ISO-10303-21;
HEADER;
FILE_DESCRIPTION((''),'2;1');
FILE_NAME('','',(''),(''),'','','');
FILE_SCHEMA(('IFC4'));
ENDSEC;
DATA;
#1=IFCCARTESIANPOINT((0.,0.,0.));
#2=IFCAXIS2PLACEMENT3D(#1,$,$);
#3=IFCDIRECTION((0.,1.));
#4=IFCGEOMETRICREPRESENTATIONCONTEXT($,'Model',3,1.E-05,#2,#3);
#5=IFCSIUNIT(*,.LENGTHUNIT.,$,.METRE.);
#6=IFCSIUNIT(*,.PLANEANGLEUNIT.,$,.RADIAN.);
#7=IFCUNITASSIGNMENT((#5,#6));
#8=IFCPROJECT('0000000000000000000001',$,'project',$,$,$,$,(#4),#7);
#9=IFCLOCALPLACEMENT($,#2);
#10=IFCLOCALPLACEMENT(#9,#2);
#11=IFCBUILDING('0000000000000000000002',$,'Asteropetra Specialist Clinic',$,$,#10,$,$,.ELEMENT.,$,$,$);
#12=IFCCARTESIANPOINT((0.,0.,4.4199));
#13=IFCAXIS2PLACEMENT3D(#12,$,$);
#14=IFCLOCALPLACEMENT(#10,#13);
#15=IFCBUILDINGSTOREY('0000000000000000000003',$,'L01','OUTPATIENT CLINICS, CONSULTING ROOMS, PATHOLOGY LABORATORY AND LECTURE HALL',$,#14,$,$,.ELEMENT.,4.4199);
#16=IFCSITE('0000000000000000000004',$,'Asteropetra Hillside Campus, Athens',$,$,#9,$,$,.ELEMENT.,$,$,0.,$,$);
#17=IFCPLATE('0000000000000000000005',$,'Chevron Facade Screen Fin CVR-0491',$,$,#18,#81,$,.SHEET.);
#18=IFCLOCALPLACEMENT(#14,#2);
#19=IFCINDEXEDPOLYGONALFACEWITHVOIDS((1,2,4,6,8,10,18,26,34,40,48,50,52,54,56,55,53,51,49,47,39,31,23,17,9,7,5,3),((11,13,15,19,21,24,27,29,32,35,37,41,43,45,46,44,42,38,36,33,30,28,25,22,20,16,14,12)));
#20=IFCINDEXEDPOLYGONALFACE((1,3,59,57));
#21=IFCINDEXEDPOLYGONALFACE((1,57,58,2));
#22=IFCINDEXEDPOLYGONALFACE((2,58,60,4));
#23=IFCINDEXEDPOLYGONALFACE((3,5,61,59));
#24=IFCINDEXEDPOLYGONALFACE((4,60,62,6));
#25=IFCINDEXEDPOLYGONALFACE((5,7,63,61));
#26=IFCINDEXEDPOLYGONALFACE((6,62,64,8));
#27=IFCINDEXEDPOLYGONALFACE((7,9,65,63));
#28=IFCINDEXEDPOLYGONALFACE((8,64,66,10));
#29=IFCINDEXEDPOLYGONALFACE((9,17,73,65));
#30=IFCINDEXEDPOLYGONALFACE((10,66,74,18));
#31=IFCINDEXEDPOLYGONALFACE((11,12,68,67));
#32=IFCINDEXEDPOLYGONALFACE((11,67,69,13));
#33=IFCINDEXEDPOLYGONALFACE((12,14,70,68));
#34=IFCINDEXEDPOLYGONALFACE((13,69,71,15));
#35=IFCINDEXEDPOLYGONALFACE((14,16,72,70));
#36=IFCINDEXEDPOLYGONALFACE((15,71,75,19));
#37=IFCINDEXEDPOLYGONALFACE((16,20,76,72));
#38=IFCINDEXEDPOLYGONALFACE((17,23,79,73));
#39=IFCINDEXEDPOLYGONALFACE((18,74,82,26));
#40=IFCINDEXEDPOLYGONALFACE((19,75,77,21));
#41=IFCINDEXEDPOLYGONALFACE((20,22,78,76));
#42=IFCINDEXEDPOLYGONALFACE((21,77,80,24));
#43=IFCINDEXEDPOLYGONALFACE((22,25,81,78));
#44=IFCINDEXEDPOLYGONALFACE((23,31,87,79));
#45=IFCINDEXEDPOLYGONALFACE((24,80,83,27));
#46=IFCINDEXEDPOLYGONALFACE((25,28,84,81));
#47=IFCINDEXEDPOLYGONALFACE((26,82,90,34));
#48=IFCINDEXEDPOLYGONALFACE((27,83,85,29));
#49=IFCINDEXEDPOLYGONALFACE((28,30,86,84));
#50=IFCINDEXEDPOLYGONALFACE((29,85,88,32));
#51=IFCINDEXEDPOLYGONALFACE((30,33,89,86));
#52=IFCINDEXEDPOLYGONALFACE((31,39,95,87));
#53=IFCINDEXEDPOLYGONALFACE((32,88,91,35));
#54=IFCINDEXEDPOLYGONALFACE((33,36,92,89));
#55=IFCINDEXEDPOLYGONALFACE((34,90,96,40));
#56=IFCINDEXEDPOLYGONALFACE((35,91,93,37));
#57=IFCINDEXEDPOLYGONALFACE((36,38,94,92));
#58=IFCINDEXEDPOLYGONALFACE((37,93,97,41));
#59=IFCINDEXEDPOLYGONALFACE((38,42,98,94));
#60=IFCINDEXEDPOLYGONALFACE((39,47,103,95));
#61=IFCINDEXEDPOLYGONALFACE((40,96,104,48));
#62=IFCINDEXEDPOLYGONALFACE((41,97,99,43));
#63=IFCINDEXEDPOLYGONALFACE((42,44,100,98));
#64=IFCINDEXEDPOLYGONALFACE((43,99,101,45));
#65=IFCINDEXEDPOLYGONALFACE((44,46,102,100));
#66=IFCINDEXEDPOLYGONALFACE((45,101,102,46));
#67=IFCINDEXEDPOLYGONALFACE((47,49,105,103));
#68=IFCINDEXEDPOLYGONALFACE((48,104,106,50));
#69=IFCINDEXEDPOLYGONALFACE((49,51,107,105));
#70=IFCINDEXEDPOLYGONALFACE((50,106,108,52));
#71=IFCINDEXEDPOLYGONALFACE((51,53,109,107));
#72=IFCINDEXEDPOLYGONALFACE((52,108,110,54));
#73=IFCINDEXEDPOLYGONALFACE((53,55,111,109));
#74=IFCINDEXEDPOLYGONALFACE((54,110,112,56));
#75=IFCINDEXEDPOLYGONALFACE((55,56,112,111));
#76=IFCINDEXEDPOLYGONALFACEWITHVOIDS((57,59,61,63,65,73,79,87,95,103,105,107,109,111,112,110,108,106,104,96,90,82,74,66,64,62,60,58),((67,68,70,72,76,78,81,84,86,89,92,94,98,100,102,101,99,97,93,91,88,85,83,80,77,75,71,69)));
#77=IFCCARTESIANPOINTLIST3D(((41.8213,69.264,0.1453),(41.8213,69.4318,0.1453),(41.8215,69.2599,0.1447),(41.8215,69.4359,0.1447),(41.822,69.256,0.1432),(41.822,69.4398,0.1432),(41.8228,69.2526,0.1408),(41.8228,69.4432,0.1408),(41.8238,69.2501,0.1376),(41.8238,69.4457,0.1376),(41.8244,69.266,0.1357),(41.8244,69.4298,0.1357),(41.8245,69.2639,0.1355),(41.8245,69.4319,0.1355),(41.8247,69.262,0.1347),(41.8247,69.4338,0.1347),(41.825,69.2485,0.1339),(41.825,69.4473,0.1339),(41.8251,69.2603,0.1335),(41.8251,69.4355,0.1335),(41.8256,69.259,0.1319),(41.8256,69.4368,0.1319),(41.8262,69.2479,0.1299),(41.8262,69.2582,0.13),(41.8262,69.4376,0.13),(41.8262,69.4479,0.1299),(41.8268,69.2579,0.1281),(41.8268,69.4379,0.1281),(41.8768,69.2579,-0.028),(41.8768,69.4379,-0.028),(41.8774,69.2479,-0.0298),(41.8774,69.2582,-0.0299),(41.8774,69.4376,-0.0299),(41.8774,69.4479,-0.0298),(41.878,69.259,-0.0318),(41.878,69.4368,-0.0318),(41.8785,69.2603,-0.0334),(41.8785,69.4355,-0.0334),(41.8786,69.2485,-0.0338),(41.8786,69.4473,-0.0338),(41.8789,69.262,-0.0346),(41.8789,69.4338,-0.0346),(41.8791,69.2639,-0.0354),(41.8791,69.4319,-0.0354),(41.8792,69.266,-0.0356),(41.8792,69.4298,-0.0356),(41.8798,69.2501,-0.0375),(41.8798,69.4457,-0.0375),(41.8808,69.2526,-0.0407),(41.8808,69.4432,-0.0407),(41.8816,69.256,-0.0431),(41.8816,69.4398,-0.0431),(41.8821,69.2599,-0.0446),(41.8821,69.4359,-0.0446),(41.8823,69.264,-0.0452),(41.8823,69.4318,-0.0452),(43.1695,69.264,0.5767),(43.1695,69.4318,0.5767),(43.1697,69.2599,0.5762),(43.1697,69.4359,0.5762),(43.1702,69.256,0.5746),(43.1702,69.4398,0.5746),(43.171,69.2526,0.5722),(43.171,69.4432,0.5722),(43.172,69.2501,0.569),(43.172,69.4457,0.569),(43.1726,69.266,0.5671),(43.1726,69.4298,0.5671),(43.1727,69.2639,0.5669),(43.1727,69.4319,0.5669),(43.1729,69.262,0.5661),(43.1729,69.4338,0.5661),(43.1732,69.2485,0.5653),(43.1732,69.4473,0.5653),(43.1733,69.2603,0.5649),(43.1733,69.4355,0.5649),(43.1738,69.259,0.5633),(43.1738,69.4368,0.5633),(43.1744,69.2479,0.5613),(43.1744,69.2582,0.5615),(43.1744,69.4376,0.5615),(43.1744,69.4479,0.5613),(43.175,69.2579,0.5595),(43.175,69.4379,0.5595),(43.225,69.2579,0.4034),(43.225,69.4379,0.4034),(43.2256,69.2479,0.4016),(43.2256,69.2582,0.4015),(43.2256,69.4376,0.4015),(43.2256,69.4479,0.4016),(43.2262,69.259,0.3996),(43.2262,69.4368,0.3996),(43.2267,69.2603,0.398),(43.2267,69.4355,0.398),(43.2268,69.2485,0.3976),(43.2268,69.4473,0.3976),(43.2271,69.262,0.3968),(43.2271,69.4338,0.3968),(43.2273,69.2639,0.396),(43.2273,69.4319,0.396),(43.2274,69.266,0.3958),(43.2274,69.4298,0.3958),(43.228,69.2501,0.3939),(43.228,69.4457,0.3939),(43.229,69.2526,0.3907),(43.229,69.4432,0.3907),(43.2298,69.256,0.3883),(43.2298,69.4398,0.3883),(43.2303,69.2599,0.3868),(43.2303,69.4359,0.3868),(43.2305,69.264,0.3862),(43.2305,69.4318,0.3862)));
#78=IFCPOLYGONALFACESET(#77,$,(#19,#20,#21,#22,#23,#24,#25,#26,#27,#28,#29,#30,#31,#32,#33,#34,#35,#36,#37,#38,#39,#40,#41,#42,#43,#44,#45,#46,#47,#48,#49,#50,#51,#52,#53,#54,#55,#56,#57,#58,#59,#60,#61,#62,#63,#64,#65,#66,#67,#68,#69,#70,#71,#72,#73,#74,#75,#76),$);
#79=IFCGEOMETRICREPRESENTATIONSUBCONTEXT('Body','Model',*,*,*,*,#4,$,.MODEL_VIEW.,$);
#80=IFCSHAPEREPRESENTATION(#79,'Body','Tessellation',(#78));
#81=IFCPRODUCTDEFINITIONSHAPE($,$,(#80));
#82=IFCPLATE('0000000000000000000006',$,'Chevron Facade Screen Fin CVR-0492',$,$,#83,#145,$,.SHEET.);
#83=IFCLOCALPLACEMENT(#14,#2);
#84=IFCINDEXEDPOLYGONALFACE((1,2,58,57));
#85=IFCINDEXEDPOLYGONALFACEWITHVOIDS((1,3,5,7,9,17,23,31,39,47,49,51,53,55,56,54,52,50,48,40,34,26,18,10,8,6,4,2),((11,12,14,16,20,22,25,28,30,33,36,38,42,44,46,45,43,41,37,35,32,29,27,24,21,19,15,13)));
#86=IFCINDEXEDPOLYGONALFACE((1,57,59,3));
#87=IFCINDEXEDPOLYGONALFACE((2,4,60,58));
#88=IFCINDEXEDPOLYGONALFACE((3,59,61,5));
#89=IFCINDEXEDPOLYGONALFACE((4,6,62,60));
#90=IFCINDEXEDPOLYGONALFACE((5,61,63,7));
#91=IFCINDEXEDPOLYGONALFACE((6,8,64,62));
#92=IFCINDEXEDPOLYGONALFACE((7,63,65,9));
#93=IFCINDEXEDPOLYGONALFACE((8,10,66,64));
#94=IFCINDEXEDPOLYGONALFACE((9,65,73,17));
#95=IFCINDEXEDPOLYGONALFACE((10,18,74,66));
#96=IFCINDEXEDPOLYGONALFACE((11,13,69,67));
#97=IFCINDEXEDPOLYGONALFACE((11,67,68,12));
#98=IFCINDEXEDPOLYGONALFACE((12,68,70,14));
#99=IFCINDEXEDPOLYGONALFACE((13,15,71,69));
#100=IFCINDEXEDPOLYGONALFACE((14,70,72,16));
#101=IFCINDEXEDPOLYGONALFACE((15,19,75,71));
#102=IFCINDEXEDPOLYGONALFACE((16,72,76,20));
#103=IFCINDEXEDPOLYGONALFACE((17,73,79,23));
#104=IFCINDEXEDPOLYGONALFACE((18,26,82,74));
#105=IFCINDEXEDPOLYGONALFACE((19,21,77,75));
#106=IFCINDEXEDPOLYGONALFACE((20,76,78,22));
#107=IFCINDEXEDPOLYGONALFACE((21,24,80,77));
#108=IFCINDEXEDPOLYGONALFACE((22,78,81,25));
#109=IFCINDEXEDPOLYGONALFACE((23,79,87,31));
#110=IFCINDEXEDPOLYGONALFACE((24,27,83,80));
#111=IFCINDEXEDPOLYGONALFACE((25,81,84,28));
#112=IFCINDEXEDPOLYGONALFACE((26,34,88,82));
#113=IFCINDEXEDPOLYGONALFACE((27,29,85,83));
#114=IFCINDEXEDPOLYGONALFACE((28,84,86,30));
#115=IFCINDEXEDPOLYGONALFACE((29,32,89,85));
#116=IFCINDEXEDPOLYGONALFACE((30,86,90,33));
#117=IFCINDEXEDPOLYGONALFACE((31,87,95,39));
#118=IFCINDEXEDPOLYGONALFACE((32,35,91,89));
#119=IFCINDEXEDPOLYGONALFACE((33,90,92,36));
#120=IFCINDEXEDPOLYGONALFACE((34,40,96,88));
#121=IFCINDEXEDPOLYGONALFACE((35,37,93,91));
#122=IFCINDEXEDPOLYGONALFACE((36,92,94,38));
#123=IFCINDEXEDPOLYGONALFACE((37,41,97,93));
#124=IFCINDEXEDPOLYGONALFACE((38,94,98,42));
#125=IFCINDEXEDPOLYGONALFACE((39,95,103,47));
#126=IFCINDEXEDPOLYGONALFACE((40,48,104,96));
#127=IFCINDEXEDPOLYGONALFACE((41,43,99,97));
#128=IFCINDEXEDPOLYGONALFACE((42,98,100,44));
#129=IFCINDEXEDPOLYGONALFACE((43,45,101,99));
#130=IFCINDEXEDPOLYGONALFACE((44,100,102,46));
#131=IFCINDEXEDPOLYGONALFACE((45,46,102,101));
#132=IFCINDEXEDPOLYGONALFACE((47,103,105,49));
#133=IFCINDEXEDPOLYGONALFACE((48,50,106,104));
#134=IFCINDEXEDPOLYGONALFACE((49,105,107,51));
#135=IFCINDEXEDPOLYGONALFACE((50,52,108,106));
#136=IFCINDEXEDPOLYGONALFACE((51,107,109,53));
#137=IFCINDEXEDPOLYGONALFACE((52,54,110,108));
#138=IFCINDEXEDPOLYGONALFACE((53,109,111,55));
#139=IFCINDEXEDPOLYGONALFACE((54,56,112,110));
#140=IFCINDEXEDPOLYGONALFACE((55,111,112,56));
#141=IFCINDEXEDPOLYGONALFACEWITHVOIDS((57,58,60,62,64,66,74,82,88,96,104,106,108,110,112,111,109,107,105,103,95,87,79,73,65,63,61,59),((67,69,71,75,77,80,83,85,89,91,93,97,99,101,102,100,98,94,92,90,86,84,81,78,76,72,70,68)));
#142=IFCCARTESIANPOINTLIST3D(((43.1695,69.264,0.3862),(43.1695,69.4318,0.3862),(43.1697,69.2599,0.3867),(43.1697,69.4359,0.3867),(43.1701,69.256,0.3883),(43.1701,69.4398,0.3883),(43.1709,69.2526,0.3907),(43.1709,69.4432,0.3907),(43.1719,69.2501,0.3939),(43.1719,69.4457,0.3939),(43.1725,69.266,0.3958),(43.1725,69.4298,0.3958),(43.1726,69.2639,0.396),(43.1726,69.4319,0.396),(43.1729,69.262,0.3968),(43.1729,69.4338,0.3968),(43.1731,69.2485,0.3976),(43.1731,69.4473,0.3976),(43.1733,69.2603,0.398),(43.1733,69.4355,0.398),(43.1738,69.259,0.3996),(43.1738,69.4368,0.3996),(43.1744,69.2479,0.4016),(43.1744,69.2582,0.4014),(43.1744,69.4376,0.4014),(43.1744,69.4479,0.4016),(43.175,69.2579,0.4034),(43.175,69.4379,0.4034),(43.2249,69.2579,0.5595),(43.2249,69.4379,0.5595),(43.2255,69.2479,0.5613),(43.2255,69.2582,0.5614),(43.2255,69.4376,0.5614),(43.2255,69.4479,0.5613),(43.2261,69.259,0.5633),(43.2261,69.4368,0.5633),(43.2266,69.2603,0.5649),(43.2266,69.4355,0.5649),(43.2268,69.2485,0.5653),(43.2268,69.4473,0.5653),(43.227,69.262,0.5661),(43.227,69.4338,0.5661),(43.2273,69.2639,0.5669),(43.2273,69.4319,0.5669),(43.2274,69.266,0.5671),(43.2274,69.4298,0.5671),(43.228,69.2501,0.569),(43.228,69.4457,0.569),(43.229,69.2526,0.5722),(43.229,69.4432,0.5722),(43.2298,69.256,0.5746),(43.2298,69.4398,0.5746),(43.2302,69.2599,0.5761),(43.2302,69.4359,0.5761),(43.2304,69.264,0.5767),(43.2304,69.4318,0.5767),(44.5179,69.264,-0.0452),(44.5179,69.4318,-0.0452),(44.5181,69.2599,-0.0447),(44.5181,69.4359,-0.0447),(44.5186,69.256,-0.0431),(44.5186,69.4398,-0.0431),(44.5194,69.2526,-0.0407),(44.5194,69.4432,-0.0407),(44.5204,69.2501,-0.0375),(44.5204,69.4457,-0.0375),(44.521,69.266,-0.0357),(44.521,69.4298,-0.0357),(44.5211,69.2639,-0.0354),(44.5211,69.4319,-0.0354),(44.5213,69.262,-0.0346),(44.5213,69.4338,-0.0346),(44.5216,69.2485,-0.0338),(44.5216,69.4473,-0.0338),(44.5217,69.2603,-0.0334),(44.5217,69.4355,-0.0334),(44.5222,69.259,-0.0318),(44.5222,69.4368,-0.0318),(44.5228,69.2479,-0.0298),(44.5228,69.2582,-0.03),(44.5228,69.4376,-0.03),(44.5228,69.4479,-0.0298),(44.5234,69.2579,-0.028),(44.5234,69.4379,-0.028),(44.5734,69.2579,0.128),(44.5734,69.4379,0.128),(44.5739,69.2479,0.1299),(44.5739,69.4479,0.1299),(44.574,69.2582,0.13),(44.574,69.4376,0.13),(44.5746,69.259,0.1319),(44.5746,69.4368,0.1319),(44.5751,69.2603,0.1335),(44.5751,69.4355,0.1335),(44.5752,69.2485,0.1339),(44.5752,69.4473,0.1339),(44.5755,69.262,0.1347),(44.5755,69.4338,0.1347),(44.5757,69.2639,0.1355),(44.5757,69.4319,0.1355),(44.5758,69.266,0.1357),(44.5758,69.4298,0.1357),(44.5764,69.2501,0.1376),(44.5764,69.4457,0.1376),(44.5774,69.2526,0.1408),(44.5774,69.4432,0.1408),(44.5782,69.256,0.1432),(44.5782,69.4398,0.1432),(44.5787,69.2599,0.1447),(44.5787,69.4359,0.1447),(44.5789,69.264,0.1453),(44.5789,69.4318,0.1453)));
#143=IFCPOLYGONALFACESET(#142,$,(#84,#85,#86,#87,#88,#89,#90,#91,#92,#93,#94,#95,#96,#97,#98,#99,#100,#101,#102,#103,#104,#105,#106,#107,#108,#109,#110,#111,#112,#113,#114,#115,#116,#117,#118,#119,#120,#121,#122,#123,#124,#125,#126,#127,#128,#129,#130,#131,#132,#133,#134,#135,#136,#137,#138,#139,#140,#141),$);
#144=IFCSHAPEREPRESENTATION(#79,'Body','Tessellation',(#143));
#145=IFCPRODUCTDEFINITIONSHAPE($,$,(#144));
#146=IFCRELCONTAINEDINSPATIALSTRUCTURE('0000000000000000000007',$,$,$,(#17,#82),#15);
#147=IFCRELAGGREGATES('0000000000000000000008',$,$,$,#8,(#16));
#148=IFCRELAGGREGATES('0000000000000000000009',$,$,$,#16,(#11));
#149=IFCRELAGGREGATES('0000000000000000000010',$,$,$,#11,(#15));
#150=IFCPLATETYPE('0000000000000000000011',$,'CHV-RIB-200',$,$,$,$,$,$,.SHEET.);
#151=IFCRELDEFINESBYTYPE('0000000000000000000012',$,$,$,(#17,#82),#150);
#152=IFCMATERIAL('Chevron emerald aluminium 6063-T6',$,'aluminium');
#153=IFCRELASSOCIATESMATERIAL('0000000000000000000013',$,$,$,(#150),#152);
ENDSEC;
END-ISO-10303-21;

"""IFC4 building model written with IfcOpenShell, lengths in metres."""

from ifc_helpers import new_model, si_unit, direction, frame, origin, origin_2d, place, context, subcontext, project, spatial, hollow_rectangle, extrude, material, material_profile, profile_set, type_object, element, save


model = new_model("IFC4")

# Units and contexts
model_context = context("Model", 3, precision=1e-05, world=origin(), true_north=direction((0.0, 1.0)))
body_context = subcontext(model_context, "Body", "Model", "MODEL_VIEW")
ifc_project = project(units=[si_unit("LENGTHUNIT", "METRE"), si_unit("PLANEANGLEUNIT", "RADIAN")], contexts=[model_context])

# Site, building, storey
site_placement = place(None, origin())
site = spatial("IfcSite", under=ifc_project, at=site_placement, Name="Asteropetra Hillside Campus, Athens", CompositionType="ELEMENT", RefElevation=0.0)
building_placement = place(site_placement, origin())
building = spatial("IfcBuilding", under=site, at=building_placement, Name="Asteropetra Specialist Clinic", CompositionType="ELEMENT")
storey_placement = place(building_placement, frame((0.0, 0.0, 4.4199)))
storey = spatial("IfcBuildingStorey", under=building, at=storey_placement, Name="L01", Description="OUTPATIENT CLINICS, CONSULTING ROOMS, PATHOLOGY LABORATORY AND LECTURE HALL", CompositionType="ELEMENT", Elevation=4.4199)

# Plates
ifc_material_1 = material(Name="Chevron emerald aluminium 6063-T6", Category="aluminium")
ifc_material_profile = material_profile(ifc_material_1, hollow_rectangle(XDim=0.2, YDim=0.2, WallThickness=0.01, InnerFilletRadius=0.0081, OuterFilletRadius=0.0161, at=origin_2d()), Name="SHS 200x200x10.0")
ifc_profile_set = profile_set([ifc_material_profile], Name="Chevron emerald aluminium 6063-T6")
plate_type_1 = type_object("IfcPlateType", Name="CHV-RIB-200", PredefinedType="SHEET", material=ifc_profile_set)
plate_1_placement = place(storey_placement, frame((41.8518, 69.3479, 0.05), z_axis=(0.952426, 0.0, 0.304769), x_axis=(0.0, 1.0, 0.0)))
element("IfcPlate", 1, at=plate_1_placement, inside=storey, type_object=plate_type_1, Name="Chevron Facade Screen Fin CVR-0491", PredefinedType="SHEET", context=body_context, shape_type="SweptSolid", body=[
    extrude(hollow_rectangle(XDim=0.2, YDim=0.2, WallThickness=0.01, InnerFilletRadius=0.0081, OuterFilletRadius=0.0161, at=origin_2d()), origin(), (0.0, 0.0, 1.0), 1.4155),
])
plate_2_placement = place(storey_placement, frame((43.2, 69.3479, 0.4814), z_axis=(0.952442, 0.0, -0.304719), x_axis=(0.0, 1.0, 0.0)))
element("IfcPlate", 2, at=plate_2_placement, inside=storey, type_object=plate_type_1, Name="Chevron Facade Screen Fin CVR-0492", PredefinedType="SHEET", context=body_context, shape_type="SweptSolid", body=[
    extrude(hollow_rectangle(XDim=0.2, YDim=0.2, WallThickness=0.01, InnerFilletRadius=0.0081, OuterFilletRadius=0.0161, at=origin_2d()), origin(), (0.0, 0.0, 1.0), 1.4158),
])

save(model, "model.ifc")
